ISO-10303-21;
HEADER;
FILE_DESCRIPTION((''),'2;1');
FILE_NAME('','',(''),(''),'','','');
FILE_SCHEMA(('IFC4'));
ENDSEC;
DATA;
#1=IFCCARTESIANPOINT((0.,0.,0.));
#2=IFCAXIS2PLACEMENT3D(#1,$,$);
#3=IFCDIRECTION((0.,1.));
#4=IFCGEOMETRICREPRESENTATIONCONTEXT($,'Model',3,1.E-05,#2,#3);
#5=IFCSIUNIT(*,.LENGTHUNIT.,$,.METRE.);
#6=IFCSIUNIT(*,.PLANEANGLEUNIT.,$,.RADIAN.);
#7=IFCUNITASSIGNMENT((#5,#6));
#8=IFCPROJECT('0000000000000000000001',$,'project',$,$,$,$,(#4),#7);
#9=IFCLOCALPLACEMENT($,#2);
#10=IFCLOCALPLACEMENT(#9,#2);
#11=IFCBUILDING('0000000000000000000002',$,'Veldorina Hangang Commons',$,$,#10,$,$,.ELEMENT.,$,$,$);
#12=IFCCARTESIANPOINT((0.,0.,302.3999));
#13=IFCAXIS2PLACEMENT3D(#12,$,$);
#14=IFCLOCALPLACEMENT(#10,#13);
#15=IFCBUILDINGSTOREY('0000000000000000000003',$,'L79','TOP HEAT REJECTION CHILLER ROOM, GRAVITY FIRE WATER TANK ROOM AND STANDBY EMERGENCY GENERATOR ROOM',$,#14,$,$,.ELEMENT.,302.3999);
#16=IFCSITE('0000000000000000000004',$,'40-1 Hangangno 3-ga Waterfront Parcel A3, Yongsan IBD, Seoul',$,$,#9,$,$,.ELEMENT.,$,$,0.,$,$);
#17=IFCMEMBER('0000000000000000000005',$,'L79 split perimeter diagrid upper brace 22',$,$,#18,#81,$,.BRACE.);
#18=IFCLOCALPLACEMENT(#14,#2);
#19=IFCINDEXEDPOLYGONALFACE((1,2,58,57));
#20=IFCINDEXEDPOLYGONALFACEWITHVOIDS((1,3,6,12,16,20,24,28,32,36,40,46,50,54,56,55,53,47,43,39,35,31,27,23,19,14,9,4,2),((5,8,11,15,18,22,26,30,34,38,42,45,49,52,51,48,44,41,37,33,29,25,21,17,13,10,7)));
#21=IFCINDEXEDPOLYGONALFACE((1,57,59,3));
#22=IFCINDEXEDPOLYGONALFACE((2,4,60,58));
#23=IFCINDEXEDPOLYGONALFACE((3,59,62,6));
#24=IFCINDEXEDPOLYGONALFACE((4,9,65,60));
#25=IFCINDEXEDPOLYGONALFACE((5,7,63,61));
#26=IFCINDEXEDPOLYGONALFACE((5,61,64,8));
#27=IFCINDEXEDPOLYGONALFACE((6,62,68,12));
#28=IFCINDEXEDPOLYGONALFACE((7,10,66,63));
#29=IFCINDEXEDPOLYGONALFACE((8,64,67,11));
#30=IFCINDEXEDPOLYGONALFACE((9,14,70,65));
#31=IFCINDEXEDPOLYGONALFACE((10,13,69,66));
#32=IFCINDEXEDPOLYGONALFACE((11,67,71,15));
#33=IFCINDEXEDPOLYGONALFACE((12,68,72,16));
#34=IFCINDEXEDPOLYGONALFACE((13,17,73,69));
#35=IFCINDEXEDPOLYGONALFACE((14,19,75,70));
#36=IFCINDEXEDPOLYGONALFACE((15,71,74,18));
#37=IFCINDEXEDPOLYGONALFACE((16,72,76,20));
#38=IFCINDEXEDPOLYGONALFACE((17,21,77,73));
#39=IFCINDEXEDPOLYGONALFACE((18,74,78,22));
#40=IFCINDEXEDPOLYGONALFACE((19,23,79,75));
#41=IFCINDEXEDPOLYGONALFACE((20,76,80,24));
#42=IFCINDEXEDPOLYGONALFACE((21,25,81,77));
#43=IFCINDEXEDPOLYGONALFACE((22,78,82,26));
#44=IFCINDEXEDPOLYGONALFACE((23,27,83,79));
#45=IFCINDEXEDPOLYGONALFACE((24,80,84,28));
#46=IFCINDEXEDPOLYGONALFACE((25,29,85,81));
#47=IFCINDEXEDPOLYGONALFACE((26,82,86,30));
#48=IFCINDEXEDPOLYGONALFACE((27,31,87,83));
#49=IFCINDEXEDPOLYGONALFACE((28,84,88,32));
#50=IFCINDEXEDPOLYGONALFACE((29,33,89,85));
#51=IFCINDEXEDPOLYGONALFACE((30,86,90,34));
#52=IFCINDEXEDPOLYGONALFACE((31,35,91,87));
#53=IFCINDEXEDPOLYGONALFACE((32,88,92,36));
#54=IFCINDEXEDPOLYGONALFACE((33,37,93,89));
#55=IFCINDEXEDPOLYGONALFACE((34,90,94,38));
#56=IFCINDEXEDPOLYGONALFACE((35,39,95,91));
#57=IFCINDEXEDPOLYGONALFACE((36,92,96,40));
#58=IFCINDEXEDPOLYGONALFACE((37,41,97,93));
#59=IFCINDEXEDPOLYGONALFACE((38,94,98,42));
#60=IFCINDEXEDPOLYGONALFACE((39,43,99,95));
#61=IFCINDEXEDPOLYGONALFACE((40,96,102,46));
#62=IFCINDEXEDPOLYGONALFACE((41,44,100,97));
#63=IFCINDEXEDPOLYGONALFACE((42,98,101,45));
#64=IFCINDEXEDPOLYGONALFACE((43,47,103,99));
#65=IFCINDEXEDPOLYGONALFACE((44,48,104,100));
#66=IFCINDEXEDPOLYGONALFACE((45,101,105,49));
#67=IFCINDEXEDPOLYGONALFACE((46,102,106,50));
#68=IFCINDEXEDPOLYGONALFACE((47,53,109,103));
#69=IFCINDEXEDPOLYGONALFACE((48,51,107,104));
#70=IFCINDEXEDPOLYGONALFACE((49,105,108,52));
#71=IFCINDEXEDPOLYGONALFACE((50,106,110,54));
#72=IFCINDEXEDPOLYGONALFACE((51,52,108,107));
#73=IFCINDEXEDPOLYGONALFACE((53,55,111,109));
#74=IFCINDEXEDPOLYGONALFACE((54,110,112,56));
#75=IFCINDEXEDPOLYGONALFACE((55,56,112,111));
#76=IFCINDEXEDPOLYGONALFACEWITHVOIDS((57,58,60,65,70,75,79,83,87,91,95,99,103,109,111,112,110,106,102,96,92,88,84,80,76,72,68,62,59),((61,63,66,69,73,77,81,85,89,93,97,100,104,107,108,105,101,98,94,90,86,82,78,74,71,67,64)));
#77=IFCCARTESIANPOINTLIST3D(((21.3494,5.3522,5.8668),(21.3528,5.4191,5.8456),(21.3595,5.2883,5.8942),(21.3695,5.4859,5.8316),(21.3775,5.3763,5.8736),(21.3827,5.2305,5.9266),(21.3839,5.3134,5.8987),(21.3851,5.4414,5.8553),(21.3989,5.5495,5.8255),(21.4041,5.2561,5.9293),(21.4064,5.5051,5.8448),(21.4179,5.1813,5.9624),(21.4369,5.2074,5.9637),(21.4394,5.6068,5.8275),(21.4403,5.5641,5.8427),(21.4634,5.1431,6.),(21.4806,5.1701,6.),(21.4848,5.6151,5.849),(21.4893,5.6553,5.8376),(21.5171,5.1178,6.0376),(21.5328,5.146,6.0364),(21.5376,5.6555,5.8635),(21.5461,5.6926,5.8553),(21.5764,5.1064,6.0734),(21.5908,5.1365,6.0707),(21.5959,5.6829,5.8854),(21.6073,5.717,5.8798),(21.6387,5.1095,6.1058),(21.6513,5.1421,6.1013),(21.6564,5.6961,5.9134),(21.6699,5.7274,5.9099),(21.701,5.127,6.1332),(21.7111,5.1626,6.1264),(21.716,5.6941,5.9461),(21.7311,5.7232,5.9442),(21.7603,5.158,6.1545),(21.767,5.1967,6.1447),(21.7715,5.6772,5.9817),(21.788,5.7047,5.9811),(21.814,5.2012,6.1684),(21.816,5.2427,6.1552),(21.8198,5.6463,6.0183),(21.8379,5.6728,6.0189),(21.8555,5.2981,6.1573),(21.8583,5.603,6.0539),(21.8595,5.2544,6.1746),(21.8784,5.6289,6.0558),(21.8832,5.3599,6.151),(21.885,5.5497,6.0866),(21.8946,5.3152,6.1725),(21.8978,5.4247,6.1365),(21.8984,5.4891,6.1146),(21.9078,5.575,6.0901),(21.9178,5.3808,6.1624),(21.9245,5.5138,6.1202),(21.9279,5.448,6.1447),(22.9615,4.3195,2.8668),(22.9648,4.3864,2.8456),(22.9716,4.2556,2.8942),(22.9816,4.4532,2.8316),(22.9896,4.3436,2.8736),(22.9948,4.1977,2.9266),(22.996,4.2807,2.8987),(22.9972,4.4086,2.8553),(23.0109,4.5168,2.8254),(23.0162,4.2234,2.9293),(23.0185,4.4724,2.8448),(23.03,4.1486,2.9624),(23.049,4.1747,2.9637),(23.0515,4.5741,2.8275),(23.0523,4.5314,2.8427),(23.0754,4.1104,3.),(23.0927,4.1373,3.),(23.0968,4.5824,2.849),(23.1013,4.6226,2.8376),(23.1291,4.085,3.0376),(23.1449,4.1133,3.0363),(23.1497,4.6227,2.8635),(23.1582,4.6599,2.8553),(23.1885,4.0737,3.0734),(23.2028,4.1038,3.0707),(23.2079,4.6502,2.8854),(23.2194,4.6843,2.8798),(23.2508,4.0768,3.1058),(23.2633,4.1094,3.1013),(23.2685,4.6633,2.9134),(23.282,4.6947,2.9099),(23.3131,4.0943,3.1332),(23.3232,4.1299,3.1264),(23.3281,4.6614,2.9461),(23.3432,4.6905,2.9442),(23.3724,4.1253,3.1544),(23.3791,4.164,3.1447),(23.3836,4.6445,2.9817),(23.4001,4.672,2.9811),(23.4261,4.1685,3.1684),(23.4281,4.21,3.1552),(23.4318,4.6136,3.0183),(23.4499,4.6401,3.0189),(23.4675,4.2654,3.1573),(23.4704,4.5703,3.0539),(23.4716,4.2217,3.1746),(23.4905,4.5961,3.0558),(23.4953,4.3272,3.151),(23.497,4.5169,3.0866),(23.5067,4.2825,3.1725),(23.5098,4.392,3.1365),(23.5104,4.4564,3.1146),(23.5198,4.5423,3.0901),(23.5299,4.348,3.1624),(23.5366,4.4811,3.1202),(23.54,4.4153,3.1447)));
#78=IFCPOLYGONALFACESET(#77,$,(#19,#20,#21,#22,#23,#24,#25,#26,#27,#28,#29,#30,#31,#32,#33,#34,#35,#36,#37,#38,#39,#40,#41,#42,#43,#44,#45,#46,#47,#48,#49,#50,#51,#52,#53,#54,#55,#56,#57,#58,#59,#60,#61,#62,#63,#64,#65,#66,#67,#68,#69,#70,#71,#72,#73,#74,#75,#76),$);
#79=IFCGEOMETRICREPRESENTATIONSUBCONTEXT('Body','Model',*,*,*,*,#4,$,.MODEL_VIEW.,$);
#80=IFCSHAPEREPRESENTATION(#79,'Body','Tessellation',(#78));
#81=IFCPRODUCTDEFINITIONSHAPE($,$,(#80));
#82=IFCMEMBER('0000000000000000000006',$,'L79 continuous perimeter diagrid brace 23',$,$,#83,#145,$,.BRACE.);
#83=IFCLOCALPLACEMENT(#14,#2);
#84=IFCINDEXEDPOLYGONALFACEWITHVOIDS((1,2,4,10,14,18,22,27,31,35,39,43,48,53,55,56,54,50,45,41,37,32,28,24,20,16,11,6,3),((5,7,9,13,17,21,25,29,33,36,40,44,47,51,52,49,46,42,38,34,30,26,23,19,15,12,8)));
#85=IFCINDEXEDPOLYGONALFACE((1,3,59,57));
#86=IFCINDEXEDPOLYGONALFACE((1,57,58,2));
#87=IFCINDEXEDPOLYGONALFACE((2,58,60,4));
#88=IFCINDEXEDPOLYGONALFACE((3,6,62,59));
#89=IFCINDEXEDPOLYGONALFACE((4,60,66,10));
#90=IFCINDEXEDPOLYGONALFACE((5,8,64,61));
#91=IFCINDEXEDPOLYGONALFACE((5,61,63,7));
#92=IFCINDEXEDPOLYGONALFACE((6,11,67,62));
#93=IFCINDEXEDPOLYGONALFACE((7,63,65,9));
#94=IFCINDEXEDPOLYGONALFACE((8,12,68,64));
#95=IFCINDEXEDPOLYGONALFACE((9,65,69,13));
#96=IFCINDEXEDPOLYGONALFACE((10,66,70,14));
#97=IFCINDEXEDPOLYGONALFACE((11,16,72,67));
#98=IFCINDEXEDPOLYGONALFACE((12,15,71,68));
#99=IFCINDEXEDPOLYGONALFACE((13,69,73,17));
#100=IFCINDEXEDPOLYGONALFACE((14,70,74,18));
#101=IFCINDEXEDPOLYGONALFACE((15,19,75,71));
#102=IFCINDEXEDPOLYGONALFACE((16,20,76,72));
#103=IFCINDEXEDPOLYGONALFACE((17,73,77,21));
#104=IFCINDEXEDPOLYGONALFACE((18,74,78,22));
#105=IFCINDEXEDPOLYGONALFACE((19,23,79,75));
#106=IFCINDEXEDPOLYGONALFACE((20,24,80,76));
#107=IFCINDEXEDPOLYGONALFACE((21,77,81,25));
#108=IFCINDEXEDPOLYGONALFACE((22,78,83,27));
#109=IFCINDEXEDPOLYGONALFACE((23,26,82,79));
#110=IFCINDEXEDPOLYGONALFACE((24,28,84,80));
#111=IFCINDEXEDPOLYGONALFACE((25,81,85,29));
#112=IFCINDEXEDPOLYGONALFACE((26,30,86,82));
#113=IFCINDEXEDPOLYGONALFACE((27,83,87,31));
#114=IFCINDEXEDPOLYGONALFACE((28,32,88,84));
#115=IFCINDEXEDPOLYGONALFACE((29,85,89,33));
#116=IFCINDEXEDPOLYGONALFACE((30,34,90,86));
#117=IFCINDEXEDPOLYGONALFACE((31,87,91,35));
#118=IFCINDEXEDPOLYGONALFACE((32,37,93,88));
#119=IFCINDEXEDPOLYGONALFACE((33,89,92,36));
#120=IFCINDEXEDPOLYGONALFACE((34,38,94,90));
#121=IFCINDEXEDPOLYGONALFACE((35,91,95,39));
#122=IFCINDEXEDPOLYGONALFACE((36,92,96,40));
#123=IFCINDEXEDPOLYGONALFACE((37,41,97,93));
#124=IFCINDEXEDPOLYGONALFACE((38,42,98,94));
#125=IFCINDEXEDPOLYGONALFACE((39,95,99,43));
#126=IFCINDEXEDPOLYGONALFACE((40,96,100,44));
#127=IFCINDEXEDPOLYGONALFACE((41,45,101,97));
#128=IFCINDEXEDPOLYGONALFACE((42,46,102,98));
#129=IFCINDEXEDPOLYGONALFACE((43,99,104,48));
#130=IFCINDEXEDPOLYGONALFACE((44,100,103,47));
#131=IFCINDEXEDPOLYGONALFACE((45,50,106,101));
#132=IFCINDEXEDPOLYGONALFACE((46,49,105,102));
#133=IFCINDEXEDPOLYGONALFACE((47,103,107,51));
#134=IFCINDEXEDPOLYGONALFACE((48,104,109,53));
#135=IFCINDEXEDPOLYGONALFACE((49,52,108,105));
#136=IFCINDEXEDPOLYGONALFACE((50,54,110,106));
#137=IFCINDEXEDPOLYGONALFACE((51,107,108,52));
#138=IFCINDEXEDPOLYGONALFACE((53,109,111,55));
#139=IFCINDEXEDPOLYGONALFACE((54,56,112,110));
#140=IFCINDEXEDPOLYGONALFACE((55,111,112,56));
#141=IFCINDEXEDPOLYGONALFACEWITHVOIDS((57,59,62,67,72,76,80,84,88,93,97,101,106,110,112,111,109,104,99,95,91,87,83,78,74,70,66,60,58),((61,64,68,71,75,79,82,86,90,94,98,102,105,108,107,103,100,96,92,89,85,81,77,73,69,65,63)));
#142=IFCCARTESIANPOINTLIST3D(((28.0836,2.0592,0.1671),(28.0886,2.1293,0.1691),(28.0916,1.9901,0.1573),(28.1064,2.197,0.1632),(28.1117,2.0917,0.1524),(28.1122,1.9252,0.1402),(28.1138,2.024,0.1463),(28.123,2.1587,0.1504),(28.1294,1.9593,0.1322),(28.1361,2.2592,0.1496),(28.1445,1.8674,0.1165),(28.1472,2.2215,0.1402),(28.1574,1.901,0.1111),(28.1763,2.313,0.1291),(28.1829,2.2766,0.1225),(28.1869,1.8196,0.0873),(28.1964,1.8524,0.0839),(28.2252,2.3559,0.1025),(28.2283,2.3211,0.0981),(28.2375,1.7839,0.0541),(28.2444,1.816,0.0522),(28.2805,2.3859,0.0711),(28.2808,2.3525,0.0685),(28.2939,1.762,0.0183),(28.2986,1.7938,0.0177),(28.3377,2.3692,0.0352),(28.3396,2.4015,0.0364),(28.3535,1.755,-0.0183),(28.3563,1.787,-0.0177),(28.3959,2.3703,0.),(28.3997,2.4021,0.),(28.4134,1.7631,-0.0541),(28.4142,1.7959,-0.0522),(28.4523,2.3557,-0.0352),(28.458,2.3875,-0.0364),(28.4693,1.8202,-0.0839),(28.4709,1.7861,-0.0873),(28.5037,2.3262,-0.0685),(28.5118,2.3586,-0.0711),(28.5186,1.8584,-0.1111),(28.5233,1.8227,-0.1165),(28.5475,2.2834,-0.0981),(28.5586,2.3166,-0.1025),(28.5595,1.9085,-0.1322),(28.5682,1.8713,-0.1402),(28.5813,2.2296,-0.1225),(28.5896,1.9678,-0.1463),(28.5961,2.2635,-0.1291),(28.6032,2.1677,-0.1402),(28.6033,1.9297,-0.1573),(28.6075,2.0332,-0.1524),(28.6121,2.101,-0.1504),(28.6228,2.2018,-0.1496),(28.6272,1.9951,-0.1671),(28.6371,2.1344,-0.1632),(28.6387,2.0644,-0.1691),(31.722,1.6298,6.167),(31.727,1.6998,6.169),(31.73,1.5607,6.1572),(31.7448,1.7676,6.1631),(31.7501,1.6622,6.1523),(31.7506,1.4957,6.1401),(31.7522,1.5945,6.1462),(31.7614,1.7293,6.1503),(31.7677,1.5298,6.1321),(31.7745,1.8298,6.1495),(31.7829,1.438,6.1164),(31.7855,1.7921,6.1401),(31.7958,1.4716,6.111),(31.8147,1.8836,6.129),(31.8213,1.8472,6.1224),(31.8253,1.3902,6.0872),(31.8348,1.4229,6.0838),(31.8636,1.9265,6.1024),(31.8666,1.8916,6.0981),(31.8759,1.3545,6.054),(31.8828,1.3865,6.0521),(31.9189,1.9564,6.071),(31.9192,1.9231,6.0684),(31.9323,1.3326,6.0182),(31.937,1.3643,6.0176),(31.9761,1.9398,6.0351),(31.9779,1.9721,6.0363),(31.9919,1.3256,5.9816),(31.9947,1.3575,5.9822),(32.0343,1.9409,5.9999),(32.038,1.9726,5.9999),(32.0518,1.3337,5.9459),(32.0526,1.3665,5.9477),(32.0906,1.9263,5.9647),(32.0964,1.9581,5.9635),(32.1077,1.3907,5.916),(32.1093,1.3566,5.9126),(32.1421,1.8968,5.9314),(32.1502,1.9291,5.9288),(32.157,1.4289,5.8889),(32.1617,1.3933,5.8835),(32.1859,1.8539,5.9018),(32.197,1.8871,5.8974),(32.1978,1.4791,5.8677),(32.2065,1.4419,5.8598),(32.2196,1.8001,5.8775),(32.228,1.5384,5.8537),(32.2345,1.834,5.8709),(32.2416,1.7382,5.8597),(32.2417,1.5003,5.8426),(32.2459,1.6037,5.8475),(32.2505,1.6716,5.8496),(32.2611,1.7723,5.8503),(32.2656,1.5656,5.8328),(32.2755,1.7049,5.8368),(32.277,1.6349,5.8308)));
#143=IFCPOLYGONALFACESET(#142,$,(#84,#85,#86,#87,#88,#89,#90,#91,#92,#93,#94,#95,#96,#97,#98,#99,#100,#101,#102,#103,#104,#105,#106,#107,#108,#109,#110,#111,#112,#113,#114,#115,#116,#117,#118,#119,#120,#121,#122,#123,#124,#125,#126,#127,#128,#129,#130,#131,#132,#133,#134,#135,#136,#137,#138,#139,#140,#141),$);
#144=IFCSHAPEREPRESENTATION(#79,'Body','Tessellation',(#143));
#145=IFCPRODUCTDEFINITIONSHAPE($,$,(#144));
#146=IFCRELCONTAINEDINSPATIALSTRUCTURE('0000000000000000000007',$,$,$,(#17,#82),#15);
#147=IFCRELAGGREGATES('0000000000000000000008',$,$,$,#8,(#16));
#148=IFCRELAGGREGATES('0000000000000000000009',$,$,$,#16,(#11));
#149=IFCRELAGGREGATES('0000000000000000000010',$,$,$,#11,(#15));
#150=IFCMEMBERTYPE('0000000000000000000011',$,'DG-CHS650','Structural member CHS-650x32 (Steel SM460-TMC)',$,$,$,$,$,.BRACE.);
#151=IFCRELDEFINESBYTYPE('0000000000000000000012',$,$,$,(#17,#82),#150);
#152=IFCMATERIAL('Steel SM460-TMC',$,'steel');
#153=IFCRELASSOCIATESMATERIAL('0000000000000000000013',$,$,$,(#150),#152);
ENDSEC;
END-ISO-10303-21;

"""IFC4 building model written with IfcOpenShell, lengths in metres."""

from ifc_helpers import new_model, si_unit, direction, frame, origin, origin_2d, place, context, subcontext, project, spatial, hollow_circle, extrude, material, material_profile, profile_set, type_object, element, save


model = new_model("IFC4")

# Units and contexts
model_context = context("Model", 3, precision=1e-05, world=origin(), true_north=direction((0.0, 1.0)))
body_context = subcontext(model_context, "Body", "Model", "MODEL_VIEW")
ifc_project = project(units=[si_unit("LENGTHUNIT", "METRE"), si_unit("PLANEANGLEUNIT", "RADIAN")], contexts=[model_context])

# Site, building, storey
site_placement = place(None, origin())
site = spatial("IfcSite", under=ifc_project, at=site_placement, Name="40-1 Hangangno 3-ga Waterfront Parcel A3, Yongsan IBD, Seoul", CompositionType="ELEMENT", RefElevation=0.0)
building_placement = place(site_placement, origin())
building = spatial("IfcBuilding", under=site, at=building_placement, Name="Veldorina Hangang Commons", CompositionType="ELEMENT")
storey_placement = place(building_placement, frame((0.0, 0.0, 302.3999)))
storey = spatial("IfcBuildingStorey", under=building, at=storey_placement, Name="L79", Description="TOP HEAT REJECTION CHILLER ROOM, GRAVITY FIRE WATER TANK ROOM AND STANDBY EMERGENCY GENERATOR ROOM", CompositionType="ELEMENT", Elevation=302.3999)

# Shared definitions
ifc_material_1 = material(Name="Steel SM460-TMC", Category="steel")

# Members
ifc_material_profile_1 = material_profile(ifc_material_1, hollow_circle(Radius=0.325, WallThickness=0.032, at=origin_2d()), Name="CHS-650x32")
ifc_profile_set_1 = profile_set([ifc_material_profile_1], Name="Steel SM460-TMC")
member_type_1 = type_object("IfcMemberType", Name="DG-CHS650", Description="Structural member CHS-650x32 (Steel SM460-TMC)", PredefinedType="BRACE", material=ifc_profile_set_1)
for number, where, z_axis, x_axis, name in (
    (1, (23.2507, 4.384, 3.0), (-0.452975, 0.290184, 0.842975), (-0.539423, -0.842035, 0.0), "L79 split perimeter diagrid upper brace 22"),
):
    element("IfcMember", number, at=place(storey_placement, frame(where, z_axis=z_axis, x_axis=x_axis)), inside=storey, type_object=member_type_1, Name=name, PredefinedType="BRACE", context=body_context, shape_type="SweptSolid", body=[
        extrude(hollow_circle(Radius=0.325, WallThickness=0.032, at=origin_2d()), origin(), (0.0, 0.0, 1.0), 3.5588),
    ])
member_1_placement = place(storey_placement, frame((28.3616, 2.0793, 0.0), z_axis=(0.517549, -0.061086, 0.853471), x_axis=(0.117216, 0.993106, 0.0)))
element("IfcMember", 2, at=member_1_placement, inside=storey, type_object=member_type_1, Name="L79 continuous perimeter diagrid brace 23", PredefinedType="BRACE", context=body_context, shape_type="SweptSolid", body=[
    extrude(hollow_circle(Radius=0.325, WallThickness=0.032, at=origin_2d()), origin(), (0.0, 0.0, 1.0), 7.03),
])

save(model, "model.ifc")
